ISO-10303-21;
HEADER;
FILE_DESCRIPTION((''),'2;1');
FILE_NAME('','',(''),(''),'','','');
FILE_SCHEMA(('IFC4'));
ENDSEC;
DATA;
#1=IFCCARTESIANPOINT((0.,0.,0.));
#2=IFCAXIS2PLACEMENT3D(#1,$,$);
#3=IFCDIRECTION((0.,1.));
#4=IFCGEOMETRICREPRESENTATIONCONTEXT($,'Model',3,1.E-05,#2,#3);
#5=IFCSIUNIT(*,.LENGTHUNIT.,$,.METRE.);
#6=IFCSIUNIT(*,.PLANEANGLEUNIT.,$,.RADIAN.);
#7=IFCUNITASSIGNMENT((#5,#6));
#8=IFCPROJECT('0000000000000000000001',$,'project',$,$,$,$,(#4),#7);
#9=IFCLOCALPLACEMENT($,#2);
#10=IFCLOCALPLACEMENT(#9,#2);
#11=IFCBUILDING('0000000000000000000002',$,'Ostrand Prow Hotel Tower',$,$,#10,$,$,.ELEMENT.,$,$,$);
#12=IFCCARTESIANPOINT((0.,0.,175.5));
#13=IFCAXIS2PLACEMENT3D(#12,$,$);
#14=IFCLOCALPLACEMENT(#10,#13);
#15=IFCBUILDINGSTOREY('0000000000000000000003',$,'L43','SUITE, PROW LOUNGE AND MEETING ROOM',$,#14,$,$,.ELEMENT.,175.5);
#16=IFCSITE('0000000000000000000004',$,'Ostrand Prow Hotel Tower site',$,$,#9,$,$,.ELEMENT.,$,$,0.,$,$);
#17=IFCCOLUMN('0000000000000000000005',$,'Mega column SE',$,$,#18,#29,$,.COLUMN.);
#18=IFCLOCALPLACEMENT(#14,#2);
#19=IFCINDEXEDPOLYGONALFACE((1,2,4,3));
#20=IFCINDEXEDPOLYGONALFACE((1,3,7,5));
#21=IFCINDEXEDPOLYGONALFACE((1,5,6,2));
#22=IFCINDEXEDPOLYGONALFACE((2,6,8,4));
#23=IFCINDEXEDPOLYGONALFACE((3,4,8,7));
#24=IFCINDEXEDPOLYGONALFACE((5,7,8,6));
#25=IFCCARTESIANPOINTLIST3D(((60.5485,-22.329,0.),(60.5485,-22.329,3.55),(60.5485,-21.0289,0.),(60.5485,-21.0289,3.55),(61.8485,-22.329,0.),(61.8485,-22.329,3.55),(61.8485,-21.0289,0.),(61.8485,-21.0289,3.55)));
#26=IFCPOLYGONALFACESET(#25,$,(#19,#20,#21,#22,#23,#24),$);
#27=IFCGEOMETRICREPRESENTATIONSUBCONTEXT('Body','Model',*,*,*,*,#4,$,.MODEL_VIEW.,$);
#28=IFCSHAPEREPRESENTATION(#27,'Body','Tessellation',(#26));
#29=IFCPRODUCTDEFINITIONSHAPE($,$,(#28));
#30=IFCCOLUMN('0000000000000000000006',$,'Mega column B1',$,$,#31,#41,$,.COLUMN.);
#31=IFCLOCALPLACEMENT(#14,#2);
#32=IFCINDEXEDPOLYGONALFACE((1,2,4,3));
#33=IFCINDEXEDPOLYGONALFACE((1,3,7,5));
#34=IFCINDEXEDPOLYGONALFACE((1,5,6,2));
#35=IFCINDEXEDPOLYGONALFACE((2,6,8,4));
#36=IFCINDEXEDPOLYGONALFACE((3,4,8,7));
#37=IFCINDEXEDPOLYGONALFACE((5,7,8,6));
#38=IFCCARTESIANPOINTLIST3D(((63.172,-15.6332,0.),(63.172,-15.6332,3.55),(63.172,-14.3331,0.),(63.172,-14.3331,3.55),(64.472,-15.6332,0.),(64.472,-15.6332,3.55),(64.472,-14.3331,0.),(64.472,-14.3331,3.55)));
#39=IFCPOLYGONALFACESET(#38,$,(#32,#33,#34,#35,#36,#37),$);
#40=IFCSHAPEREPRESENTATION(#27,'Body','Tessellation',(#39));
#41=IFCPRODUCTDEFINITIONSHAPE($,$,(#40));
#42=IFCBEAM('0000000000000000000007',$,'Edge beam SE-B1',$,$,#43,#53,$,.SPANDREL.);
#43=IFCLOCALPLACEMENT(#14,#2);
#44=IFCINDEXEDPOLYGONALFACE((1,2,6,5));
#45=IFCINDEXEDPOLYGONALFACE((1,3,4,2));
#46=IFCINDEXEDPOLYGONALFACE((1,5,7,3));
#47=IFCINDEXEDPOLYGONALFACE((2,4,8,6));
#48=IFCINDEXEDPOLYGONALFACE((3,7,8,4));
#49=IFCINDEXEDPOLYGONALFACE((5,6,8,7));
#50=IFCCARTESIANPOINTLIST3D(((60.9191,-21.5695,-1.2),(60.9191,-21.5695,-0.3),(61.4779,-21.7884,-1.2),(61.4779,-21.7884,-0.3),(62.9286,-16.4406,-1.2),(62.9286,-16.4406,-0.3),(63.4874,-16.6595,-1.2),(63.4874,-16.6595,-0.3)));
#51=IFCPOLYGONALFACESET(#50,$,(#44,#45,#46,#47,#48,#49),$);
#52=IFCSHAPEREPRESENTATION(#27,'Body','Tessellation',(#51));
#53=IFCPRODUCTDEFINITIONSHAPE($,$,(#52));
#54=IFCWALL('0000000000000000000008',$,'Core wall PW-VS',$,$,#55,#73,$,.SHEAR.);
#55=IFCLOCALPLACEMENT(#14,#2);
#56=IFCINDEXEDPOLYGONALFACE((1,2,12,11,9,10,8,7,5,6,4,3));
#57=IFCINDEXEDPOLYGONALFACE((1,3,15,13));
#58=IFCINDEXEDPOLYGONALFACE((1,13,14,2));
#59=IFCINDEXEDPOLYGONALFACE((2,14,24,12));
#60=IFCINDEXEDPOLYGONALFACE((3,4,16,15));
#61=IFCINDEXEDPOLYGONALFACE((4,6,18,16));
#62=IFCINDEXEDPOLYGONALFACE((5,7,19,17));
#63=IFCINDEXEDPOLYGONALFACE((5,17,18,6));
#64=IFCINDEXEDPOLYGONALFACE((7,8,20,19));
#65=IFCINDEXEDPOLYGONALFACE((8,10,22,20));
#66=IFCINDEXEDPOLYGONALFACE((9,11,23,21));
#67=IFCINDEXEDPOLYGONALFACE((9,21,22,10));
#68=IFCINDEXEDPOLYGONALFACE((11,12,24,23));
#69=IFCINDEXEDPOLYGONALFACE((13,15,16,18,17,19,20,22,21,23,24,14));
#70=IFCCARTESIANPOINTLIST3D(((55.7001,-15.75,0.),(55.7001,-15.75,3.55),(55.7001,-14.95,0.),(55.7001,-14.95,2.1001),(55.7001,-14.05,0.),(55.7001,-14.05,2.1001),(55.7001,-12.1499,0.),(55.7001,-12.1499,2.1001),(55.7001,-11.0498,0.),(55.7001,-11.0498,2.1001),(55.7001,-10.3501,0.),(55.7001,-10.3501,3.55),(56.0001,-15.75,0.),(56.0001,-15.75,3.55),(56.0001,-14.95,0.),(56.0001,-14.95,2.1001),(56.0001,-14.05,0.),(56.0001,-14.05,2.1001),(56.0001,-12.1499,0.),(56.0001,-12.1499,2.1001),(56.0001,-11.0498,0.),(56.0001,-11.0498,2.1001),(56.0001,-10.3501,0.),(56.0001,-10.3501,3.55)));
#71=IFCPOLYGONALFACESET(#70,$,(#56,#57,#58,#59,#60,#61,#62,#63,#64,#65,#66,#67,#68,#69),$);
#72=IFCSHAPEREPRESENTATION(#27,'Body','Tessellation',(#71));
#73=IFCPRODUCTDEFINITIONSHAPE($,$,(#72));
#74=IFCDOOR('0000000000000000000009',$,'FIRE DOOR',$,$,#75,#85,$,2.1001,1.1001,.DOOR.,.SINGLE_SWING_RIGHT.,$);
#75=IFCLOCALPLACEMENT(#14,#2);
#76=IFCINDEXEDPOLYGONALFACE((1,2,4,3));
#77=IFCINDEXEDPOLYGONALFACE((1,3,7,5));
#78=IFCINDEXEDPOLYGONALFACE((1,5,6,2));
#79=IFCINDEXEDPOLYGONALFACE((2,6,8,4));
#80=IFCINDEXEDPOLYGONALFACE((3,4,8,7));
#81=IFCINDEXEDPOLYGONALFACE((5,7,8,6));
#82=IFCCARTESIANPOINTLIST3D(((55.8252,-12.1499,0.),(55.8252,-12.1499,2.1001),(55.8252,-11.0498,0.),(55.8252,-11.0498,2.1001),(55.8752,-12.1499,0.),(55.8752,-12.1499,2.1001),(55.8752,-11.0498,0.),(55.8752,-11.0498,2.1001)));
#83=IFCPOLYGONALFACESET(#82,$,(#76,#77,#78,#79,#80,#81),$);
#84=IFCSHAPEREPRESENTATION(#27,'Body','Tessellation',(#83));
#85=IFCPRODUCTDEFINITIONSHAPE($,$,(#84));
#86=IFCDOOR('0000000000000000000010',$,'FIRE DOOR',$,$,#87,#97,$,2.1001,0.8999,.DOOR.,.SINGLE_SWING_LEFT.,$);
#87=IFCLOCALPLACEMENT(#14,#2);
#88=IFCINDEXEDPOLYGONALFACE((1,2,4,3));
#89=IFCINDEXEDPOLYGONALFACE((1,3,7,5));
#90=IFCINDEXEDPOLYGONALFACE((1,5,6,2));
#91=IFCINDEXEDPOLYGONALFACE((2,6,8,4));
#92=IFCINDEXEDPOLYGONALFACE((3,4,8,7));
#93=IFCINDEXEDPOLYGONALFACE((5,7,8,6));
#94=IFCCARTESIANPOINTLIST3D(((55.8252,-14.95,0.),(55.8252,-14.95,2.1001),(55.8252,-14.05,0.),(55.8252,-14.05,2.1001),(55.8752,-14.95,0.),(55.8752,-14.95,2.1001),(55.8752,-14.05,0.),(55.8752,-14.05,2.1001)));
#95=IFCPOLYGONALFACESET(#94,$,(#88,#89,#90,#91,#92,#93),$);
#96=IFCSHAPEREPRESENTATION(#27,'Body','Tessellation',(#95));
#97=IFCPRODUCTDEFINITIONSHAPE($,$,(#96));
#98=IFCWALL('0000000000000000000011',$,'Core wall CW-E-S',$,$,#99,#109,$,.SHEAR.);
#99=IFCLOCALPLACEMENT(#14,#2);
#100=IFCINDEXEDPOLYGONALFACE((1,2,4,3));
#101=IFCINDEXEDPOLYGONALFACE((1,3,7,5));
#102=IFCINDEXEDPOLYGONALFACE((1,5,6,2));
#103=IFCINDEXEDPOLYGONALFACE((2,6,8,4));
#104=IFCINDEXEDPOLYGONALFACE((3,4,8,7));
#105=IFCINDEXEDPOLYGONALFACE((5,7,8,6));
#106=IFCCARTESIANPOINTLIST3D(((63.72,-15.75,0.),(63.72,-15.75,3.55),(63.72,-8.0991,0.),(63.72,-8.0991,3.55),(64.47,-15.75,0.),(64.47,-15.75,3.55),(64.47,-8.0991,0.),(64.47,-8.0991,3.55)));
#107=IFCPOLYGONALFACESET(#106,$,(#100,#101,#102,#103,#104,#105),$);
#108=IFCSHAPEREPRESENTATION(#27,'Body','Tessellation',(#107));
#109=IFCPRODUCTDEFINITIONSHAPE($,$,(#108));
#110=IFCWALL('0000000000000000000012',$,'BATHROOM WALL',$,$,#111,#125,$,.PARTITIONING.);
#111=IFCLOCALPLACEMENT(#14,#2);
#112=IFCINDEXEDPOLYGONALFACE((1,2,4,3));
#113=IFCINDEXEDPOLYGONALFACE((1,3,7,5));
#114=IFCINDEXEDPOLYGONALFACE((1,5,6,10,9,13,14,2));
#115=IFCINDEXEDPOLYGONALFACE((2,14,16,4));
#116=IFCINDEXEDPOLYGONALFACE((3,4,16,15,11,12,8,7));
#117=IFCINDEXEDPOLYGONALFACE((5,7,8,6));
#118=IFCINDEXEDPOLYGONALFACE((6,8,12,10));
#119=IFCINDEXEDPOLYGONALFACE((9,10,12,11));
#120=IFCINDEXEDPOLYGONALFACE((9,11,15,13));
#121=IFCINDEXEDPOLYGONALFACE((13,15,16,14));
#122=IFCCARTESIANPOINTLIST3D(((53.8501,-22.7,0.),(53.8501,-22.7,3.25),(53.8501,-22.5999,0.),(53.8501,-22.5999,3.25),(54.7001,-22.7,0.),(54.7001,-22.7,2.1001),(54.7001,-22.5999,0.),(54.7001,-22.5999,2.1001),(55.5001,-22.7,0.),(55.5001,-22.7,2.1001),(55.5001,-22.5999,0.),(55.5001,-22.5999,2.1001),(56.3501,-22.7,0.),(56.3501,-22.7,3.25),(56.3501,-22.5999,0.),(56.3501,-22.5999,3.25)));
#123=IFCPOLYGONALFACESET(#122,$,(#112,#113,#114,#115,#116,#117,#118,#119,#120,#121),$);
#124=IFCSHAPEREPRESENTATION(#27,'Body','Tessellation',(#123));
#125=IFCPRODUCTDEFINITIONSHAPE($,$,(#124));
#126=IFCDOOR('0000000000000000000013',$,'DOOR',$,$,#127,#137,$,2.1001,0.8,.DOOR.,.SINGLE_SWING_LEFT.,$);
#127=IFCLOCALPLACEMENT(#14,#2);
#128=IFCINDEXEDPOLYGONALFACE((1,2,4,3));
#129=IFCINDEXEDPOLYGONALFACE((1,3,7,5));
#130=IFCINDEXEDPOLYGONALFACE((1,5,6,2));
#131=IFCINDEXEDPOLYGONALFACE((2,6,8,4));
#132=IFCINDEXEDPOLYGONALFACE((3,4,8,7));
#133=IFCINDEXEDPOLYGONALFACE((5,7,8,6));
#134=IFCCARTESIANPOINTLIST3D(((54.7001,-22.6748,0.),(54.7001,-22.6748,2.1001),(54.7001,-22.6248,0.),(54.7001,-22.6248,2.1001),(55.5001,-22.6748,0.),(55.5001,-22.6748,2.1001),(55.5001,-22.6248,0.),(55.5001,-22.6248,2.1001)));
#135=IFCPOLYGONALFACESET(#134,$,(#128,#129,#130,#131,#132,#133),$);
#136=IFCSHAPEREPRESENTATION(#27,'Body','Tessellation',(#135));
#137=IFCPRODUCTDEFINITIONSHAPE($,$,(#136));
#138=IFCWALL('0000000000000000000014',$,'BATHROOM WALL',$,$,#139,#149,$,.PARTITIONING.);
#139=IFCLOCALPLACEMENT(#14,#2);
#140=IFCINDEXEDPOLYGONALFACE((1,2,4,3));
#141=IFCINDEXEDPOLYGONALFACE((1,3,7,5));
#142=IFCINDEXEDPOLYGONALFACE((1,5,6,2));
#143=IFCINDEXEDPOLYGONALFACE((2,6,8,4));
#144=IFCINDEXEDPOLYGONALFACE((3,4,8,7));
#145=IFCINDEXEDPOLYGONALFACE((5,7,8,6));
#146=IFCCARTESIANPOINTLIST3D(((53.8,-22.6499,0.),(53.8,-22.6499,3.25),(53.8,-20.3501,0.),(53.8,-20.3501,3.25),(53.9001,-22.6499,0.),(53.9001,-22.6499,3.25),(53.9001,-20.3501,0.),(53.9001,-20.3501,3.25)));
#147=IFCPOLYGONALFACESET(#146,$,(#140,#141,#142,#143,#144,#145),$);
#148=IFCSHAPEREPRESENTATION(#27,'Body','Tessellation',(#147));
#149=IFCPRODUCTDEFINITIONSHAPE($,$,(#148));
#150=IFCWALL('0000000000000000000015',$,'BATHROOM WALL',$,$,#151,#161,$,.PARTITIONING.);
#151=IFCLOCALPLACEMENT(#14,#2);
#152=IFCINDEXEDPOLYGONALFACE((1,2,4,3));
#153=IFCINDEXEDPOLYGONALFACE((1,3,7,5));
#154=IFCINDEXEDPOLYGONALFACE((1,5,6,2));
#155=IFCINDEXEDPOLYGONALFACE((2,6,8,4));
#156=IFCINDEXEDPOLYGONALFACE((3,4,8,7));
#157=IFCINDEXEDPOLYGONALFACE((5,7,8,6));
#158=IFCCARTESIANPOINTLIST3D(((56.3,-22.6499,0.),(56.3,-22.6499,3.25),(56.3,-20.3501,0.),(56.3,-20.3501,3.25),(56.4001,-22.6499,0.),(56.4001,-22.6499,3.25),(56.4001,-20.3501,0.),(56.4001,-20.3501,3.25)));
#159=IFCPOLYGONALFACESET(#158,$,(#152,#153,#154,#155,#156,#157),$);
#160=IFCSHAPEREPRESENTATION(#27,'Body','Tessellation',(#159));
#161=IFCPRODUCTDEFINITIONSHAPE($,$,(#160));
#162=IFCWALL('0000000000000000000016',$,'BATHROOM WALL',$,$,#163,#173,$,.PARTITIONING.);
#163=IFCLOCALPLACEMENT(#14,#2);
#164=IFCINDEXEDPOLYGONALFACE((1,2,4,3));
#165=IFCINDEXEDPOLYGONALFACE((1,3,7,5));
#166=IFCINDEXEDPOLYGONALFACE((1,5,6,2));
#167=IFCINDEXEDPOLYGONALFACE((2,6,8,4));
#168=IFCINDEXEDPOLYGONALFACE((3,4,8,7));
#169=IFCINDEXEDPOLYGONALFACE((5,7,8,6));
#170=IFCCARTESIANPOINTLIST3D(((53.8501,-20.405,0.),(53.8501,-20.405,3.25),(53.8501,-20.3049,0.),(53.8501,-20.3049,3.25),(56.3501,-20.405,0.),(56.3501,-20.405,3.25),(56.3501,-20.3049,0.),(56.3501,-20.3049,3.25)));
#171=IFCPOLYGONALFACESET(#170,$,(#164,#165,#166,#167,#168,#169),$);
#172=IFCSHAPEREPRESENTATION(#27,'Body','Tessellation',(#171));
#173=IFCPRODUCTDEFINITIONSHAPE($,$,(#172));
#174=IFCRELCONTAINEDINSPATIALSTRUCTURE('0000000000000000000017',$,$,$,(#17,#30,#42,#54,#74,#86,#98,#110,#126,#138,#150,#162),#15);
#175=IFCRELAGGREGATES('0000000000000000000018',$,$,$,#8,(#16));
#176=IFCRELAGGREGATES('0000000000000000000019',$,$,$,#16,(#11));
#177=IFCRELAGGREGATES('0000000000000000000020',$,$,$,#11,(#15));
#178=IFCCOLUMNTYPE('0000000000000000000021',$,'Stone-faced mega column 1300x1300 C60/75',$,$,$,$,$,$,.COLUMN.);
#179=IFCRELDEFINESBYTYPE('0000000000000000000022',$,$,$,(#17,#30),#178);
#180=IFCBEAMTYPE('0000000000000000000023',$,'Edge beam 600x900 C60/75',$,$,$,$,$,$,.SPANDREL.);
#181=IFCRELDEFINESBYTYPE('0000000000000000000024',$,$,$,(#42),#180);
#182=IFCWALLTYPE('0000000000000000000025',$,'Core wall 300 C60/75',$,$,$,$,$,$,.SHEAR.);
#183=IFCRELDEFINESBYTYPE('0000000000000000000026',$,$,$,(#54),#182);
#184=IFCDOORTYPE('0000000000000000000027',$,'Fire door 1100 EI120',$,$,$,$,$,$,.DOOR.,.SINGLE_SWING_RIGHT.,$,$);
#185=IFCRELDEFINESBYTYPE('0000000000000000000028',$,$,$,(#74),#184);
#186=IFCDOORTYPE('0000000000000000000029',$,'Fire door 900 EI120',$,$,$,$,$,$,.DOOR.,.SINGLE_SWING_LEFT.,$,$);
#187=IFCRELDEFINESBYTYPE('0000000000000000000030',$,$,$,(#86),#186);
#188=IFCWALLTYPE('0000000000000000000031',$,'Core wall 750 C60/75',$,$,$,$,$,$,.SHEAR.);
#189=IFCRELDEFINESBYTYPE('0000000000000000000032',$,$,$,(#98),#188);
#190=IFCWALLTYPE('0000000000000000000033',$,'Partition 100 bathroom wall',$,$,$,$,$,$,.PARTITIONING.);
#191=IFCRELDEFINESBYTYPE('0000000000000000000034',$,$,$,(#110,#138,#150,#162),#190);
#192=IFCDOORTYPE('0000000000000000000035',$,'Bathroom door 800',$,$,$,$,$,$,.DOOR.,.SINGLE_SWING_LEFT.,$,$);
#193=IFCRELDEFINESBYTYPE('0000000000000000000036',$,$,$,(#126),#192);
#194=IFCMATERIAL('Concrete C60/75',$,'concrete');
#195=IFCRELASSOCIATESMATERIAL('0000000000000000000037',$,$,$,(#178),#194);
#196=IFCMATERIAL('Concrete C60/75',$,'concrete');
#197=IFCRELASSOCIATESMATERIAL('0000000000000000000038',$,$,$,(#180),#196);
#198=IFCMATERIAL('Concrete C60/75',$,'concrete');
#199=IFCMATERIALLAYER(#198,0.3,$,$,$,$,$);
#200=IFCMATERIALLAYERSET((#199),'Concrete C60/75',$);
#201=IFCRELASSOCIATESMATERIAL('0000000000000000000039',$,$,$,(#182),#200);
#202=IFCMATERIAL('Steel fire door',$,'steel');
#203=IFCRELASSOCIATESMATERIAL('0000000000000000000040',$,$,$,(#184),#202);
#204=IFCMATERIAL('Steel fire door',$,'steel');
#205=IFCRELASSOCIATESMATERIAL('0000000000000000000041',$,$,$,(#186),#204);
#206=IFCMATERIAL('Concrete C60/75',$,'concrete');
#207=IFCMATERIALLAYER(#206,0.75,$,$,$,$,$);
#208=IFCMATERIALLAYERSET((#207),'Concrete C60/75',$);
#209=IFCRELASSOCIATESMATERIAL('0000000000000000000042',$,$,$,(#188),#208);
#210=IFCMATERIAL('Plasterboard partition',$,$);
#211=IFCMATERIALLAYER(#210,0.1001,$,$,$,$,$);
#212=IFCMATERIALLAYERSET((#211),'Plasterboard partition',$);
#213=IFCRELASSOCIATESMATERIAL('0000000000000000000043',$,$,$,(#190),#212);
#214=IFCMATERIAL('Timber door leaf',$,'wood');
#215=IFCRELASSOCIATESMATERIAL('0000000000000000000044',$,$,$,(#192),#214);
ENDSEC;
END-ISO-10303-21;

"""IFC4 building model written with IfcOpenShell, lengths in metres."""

from ifc_helpers import new_model, si_unit, direction, frame, frame_2d, origin, origin_2d, place, context, subcontext, project, spatial, rectangle, extrude, material, layer, layer_set, material_profile, profile_set, type_object, element, fill, save


model = new_model("IFC4")

# Units and contexts
model_context = context("Model", 3, precision=1e-05, world=origin(), true_north=direction((0.0, 1.0)))
body_context = subcontext(model_context, "Body", "Model", "MODEL_VIEW")
ifc_project = project(units=[si_unit("LENGTHUNIT", "METRE"), si_unit("PLANEANGLEUNIT", "RADIAN")], contexts=[model_context])

# Site, building, storey
site_placement = place(None, origin())
site = spatial("IfcSite", under=ifc_project, at=site_placement, Name="Ostrand Prow Hotel Tower site", CompositionType="ELEMENT", RefElevation=0.0)
building_placement = place(site_placement, origin())
building = spatial("IfcBuilding", under=site, at=building_placement, Name="Ostrand Prow Hotel Tower", CompositionType="ELEMENT")
storey_placement = place(building_placement, frame((0.0, 0.0, 175.5)))
storey = spatial("IfcBuildingStorey", under=building, at=storey_placement, Name="L43", Description="SUITE, PROW LOUNGE AND MEETING ROOM", CompositionType="ELEMENT", Elevation=175.5)

# Columns
ifc_material_1 = material(Name="Concrete C60/75", Category="concrete")
ifc_material_profile_1 = material_profile(ifc_material_1, rectangle(XDim=1.3, YDim=1.3, at=origin_2d()), Name="RC 1300x1300")
ifc_profile_set_1 = profile_set([ifc_material_profile_1], Name="Concrete C60/75")
column_type = type_object("IfcColumnType", Name="Stone-faced mega column 1300x1300 C60/75", PredefinedType="COLUMN", material=ifc_profile_set_1)
for number, where, z_axis, x_axis, name in (
    (1, (61.1985, -21.679, 0.0), (0.0, 0.0, 1.0), (1.0, 0.0, 0.0), "Mega column SE"),
    (2, (63.822, -14.9832, 0.0), (0.0, 0.0, 1.0), (1.0, 0.0, 0.0), "Mega column B1"),
):
    element("IfcColumn", number, at=place(storey_placement, frame(where, z_axis=z_axis, x_axis=x_axis)), inside=storey, type_object=column_type, Name=name, PredefinedType="COLUMN", context=body_context, shape_type="SweptSolid", body=[
        extrude(rectangle(XDim=1.3, YDim=1.3, at=origin_2d()), origin(), (0.0, 0.0, 1.0), 3.55),
    ])

# Beam
ifc_material_2 = material(Name="Concrete C60/75", Category="concrete")
ifc_material_profile_2 = material_profile(ifc_material_2, rectangle(XDim=0.6001, YDim=0.8999, at=origin_2d()), Name="RC 600x900")
ifc_profile_set_2 = profile_set([ifc_material_profile_2], Name="Concrete C60/75")
beam_type = type_object("IfcBeamType", Name="Edge beam 600x900 C60/75", PredefinedType="SPANDREL", material=ifc_profile_set_2)
beam_placement = place(storey_placement, frame((61.1985, -21.679, -0.75), z_axis=(0.364802, 0.931085, 0.0), x_axis=(-0.931085, 0.364802, 0.0)))
element("IfcBeam", 3, at=beam_placement, inside=storey, type_object=beam_type, Name="Edge beam SE-B1", PredefinedType="SPANDREL", context=body_context, shape_type="SweptSolid", body=[
    extrude(rectangle(XDim=0.6001, YDim=0.8999, at=origin_2d()), origin(), (0.0, 0.0, 1.0), 5.5085),
])

# Wall, openings, doors
ifc_material_3 = material(Name="Concrete C60/75", Category="concrete")
ifc_layer_1 = layer(ifc_material_3, 0.3)
ifc_layer_set_1 = layer_set([ifc_layer_1], Name="Concrete C60/75")
wall_type_1 = type_object("IfcWallType", Name="Core wall 300 C60/75", PredefinedType="SHEAR", material=ifc_layer_set_1)
wall_1_placement = place(storey_placement, frame((55.8501, -15.75, 0.0), z_axis=(0.0, 0.0, 1.0), x_axis=(0.0, 1.0, 0.0)))
wall_1 = element("IfcWall", 4, at=wall_1_placement, inside=storey, type_object=wall_type_1, Name="Core wall PW-VS", PredefinedType="SHEAR", context=body_context, shape_type="SweptSolid", body=[
    extrude(rectangle(XDim=5.3999, YDim=0.3, at=frame_2d((2.7, 0.0))), origin(), (0.0, 0.0, 1.0), 3.55),
])
opening_1_placement = place(wall_1_placement, frame((3.6001, 0.0, 0.0)))
opening_1 = element("IfcOpeningElement", 5, at=opening_1_placement, cuts=wall_1, PredefinedType="OPENING", context=body_context, shape_type="SweptSolid", body=[
    extrude(rectangle(XDim=1.1001, YDim=2.1001, at=frame_2d((0.55, 1.05))), frame((0.0, 0.1599, 0.0), z_axis=(0.0, -1.0, 0.0), x_axis=(1.0, 0.0, 0.0)), (0.0, 0.0, 1.0), 0.3201),
])
opening_2_placement = place(wall_1_placement, frame((0.8, 0.0, 0.0)))
opening_2 = element("IfcOpeningElement", 6, at=opening_2_placement, cuts=wall_1, PredefinedType="OPENING", context=body_context, shape_type="SweptSolid", body=[
    extrude(rectangle(XDim=0.8999, YDim=2.1001, at=frame_2d((0.45, 1.05))), frame((0.0, 0.1599, 0.0), z_axis=(0.0, -1.0, 0.0), x_axis=(1.0, 0.0, 0.0)), (0.0, 0.0, 1.0), 0.3201),
])
ifc_material_4 = material(Name="Steel fire door", Category="steel")
door_type_1 = type_object("IfcDoorType", Name="Fire door 1100 EI120", OperationType="SINGLE_SWING_RIGHT", PredefinedType="DOOR", material=ifc_material_4)
door_1_placement = place(opening_1_placement, origin())
door_1 = element("IfcDoor", 7, at=door_1_placement, inside=storey, type_object=door_type_1, Name="FIRE DOOR", OperationType="SINGLE_SWING_RIGHT", OverallHeight=2.1001, OverallWidth=1.1001, PredefinedType="DOOR", context=body_context, shape_type="SweptSolid", body=[
    extrude(rectangle(XDim=1.1001, YDim=2.1001, at=frame_2d((0.55, 1.05))), frame((0.0, 0.0249, 0.0), z_axis=(0.0, -1.0, 0.0), x_axis=(1.0, 0.0, 0.0)), (0.0, 0.0, 1.0), 0.05),
])
fill(opening_1, door_1)
ifc_material_5 = material(Name="Steel fire door", Category="steel")
door_type_2 = type_object("IfcDoorType", Name="Fire door 900 EI120", OperationType="SINGLE_SWING_LEFT", PredefinedType="DOOR", material=ifc_material_5)
door_2_placement = place(opening_2_placement, origin())
door_2 = element("IfcDoor", 8, at=door_2_placement, inside=storey, type_object=door_type_2, Name="FIRE DOOR", OperationType="SINGLE_SWING_LEFT", OverallHeight=2.1001, OverallWidth=0.8999, PredefinedType="DOOR", context=body_context, shape_type="SweptSolid", body=[
    extrude(rectangle(XDim=0.8999, YDim=2.1001, at=frame_2d((0.45, 1.05))), frame((0.0, 0.0249, 0.0), z_axis=(0.0, -1.0, 0.0), x_axis=(1.0, 0.0, 0.0)), (0.0, 0.0, 1.0), 0.05),
])
fill(opening_2, door_2)

# Wall
ifc_material_6 = material(Name="Concrete C60/75", Category="concrete")
ifc_layer_2 = layer(ifc_material_6, 0.75)
ifc_layer_set_2 = layer_set([ifc_layer_2], Name="Concrete C60/75")
wall_type_2 = type_object("IfcWallType", Name="Core wall 750 C60/75", PredefinedType="SHEAR", material=ifc_layer_set_2)
wall_2_placement = place(storey_placement, frame((64.095, -15.75, 0.0), z_axis=(0.0, 0.0, 1.0), x_axis=(0.0, 1.0, 0.0)))
element("IfcWall", 9, at=wall_2_placement, inside=storey, type_object=wall_type_2, Name="Core wall CW-E-S", PredefinedType="SHEAR", context=body_context, shape_type="SweptSolid", body=[
    extrude(rectangle(XDim=7.6509, YDim=0.75, at=frame_2d((3.8254, 0.0))), origin(), (0.0, 0.0, 1.0), 3.55),
])

# Wall, opening, door
ifc_material_7 = material(Name="Plasterboard partition")
ifc_layer_3 = layer(ifc_material_7, 0.1001)
ifc_layer_set_3 = layer_set([ifc_layer_3], Name="Plasterboard partition")
wall_type_3 = type_object("IfcWallType", Name="Partition 100 bathroom wall", PredefinedType="PARTITIONING", material=ifc_layer_set_3)
wall_3_placement = place(storey_placement, frame((56.3501, -22.6499, 0.0), z_axis=(0.0, 0.0, 1.0), x_axis=(-1.0, 0.0, 0.0)))
wall_3 = element("IfcWall", 10, at=wall_3_placement, inside=storey, type_object=wall_type_3, Name="BATHROOM WALL", PredefinedType="PARTITIONING", context=body_context, shape_type="SweptSolid", body=[
    extrude(rectangle(XDim=2.5, YDim=0.1001, at=frame_2d((1.25, 0.0))), origin(), (0.0, 0.0, 1.0), 3.25),
])
opening_3_placement = place(wall_3_placement, frame((0.8501, 0.0, 0.0)))
opening_3 = element("IfcOpeningElement", 11, at=opening_3_placement, cuts=wall_3, PredefinedType="OPENING", context=body_context, shape_type="SweptSolid", body=[
    extrude(rectangle(XDim=0.8, YDim=2.1001, at=frame_2d((0.3999, 1.05))), frame((0.0, 0.0601, 0.0), z_axis=(0.0, -1.0, 0.0), x_axis=(1.0, 0.0, 0.0)), (0.0, 0.0, 1.0), 0.1201),
])
ifc_material_8 = material(Name="Timber door leaf", Category="wood")
door_type_3 = type_object("IfcDoorType", Name="Bathroom door 800", OperationType="SINGLE_SWING_LEFT", PredefinedType="DOOR", material=ifc_material_8)
door_3_placement = place(opening_3_placement, origin())
door_3 = element("IfcDoor", 12, at=door_3_placement, inside=storey, type_object=door_type_3, Name="DOOR", OperationType="SINGLE_SWING_LEFT", OverallHeight=2.1001, OverallWidth=0.8, PredefinedType="DOOR", context=body_context, shape_type="SweptSolid", body=[
    extrude(rectangle(XDim=0.8, YDim=2.1001, at=frame_2d((0.3999, 1.05))), frame((0.0, 0.0249, 0.0), z_axis=(0.0, -1.0, 0.0), x_axis=(1.0, 0.0, 0.0)), (0.0, 0.0, 1.0), 0.05),
])
fill(opening_3, door_3)

# Walls
for number, where, z_axis, x_axis, name in (
    (13, (53.8501, -22.6499, 0.0), (0.0, 0.0, 1.0), (0.0, 1.0, 0.0), "BATHROOM WALL"),
    (14, (56.3501, -20.3501, 0.0), (0.0, 0.0, 1.0), (0.0, -1.0, 0.0), "BATHROOM WALL"),
):
    element("IfcWall", number, at=place(storey_placement, frame(where, z_axis=z_axis, x_axis=x_axis)), inside=storey, type_object=wall_type_3, Name=name, PredefinedType="PARTITIONING", context=body_context, shape_type="SweptSolid", body=[
        extrude(rectangle(XDim=2.2998, YDim=0.1001, at=frame_2d((1.1499, 0.0))), origin(), (0.0, 0.0, 1.0), 3.25),
    ])
wall_4_placement = place(storey_placement, frame((53.8501, -20.355, 0.0), z_axis=(0.0, 0.0, 1.0), x_axis=(1.0, 0.0, 0.0)))
element("IfcWall", 15, at=wall_4_placement, inside=storey, type_object=wall_type_3, Name="BATHROOM WALL", PredefinedType="PARTITIONING", context=body_context, shape_type="SweptSolid", body=[
    extrude(rectangle(XDim=2.5, YDim=0.1001, at=frame_2d((1.25, 0.0))), origin(), (0.0, 0.0, 1.0), 3.25),
])

save(model, "model.ifc")
